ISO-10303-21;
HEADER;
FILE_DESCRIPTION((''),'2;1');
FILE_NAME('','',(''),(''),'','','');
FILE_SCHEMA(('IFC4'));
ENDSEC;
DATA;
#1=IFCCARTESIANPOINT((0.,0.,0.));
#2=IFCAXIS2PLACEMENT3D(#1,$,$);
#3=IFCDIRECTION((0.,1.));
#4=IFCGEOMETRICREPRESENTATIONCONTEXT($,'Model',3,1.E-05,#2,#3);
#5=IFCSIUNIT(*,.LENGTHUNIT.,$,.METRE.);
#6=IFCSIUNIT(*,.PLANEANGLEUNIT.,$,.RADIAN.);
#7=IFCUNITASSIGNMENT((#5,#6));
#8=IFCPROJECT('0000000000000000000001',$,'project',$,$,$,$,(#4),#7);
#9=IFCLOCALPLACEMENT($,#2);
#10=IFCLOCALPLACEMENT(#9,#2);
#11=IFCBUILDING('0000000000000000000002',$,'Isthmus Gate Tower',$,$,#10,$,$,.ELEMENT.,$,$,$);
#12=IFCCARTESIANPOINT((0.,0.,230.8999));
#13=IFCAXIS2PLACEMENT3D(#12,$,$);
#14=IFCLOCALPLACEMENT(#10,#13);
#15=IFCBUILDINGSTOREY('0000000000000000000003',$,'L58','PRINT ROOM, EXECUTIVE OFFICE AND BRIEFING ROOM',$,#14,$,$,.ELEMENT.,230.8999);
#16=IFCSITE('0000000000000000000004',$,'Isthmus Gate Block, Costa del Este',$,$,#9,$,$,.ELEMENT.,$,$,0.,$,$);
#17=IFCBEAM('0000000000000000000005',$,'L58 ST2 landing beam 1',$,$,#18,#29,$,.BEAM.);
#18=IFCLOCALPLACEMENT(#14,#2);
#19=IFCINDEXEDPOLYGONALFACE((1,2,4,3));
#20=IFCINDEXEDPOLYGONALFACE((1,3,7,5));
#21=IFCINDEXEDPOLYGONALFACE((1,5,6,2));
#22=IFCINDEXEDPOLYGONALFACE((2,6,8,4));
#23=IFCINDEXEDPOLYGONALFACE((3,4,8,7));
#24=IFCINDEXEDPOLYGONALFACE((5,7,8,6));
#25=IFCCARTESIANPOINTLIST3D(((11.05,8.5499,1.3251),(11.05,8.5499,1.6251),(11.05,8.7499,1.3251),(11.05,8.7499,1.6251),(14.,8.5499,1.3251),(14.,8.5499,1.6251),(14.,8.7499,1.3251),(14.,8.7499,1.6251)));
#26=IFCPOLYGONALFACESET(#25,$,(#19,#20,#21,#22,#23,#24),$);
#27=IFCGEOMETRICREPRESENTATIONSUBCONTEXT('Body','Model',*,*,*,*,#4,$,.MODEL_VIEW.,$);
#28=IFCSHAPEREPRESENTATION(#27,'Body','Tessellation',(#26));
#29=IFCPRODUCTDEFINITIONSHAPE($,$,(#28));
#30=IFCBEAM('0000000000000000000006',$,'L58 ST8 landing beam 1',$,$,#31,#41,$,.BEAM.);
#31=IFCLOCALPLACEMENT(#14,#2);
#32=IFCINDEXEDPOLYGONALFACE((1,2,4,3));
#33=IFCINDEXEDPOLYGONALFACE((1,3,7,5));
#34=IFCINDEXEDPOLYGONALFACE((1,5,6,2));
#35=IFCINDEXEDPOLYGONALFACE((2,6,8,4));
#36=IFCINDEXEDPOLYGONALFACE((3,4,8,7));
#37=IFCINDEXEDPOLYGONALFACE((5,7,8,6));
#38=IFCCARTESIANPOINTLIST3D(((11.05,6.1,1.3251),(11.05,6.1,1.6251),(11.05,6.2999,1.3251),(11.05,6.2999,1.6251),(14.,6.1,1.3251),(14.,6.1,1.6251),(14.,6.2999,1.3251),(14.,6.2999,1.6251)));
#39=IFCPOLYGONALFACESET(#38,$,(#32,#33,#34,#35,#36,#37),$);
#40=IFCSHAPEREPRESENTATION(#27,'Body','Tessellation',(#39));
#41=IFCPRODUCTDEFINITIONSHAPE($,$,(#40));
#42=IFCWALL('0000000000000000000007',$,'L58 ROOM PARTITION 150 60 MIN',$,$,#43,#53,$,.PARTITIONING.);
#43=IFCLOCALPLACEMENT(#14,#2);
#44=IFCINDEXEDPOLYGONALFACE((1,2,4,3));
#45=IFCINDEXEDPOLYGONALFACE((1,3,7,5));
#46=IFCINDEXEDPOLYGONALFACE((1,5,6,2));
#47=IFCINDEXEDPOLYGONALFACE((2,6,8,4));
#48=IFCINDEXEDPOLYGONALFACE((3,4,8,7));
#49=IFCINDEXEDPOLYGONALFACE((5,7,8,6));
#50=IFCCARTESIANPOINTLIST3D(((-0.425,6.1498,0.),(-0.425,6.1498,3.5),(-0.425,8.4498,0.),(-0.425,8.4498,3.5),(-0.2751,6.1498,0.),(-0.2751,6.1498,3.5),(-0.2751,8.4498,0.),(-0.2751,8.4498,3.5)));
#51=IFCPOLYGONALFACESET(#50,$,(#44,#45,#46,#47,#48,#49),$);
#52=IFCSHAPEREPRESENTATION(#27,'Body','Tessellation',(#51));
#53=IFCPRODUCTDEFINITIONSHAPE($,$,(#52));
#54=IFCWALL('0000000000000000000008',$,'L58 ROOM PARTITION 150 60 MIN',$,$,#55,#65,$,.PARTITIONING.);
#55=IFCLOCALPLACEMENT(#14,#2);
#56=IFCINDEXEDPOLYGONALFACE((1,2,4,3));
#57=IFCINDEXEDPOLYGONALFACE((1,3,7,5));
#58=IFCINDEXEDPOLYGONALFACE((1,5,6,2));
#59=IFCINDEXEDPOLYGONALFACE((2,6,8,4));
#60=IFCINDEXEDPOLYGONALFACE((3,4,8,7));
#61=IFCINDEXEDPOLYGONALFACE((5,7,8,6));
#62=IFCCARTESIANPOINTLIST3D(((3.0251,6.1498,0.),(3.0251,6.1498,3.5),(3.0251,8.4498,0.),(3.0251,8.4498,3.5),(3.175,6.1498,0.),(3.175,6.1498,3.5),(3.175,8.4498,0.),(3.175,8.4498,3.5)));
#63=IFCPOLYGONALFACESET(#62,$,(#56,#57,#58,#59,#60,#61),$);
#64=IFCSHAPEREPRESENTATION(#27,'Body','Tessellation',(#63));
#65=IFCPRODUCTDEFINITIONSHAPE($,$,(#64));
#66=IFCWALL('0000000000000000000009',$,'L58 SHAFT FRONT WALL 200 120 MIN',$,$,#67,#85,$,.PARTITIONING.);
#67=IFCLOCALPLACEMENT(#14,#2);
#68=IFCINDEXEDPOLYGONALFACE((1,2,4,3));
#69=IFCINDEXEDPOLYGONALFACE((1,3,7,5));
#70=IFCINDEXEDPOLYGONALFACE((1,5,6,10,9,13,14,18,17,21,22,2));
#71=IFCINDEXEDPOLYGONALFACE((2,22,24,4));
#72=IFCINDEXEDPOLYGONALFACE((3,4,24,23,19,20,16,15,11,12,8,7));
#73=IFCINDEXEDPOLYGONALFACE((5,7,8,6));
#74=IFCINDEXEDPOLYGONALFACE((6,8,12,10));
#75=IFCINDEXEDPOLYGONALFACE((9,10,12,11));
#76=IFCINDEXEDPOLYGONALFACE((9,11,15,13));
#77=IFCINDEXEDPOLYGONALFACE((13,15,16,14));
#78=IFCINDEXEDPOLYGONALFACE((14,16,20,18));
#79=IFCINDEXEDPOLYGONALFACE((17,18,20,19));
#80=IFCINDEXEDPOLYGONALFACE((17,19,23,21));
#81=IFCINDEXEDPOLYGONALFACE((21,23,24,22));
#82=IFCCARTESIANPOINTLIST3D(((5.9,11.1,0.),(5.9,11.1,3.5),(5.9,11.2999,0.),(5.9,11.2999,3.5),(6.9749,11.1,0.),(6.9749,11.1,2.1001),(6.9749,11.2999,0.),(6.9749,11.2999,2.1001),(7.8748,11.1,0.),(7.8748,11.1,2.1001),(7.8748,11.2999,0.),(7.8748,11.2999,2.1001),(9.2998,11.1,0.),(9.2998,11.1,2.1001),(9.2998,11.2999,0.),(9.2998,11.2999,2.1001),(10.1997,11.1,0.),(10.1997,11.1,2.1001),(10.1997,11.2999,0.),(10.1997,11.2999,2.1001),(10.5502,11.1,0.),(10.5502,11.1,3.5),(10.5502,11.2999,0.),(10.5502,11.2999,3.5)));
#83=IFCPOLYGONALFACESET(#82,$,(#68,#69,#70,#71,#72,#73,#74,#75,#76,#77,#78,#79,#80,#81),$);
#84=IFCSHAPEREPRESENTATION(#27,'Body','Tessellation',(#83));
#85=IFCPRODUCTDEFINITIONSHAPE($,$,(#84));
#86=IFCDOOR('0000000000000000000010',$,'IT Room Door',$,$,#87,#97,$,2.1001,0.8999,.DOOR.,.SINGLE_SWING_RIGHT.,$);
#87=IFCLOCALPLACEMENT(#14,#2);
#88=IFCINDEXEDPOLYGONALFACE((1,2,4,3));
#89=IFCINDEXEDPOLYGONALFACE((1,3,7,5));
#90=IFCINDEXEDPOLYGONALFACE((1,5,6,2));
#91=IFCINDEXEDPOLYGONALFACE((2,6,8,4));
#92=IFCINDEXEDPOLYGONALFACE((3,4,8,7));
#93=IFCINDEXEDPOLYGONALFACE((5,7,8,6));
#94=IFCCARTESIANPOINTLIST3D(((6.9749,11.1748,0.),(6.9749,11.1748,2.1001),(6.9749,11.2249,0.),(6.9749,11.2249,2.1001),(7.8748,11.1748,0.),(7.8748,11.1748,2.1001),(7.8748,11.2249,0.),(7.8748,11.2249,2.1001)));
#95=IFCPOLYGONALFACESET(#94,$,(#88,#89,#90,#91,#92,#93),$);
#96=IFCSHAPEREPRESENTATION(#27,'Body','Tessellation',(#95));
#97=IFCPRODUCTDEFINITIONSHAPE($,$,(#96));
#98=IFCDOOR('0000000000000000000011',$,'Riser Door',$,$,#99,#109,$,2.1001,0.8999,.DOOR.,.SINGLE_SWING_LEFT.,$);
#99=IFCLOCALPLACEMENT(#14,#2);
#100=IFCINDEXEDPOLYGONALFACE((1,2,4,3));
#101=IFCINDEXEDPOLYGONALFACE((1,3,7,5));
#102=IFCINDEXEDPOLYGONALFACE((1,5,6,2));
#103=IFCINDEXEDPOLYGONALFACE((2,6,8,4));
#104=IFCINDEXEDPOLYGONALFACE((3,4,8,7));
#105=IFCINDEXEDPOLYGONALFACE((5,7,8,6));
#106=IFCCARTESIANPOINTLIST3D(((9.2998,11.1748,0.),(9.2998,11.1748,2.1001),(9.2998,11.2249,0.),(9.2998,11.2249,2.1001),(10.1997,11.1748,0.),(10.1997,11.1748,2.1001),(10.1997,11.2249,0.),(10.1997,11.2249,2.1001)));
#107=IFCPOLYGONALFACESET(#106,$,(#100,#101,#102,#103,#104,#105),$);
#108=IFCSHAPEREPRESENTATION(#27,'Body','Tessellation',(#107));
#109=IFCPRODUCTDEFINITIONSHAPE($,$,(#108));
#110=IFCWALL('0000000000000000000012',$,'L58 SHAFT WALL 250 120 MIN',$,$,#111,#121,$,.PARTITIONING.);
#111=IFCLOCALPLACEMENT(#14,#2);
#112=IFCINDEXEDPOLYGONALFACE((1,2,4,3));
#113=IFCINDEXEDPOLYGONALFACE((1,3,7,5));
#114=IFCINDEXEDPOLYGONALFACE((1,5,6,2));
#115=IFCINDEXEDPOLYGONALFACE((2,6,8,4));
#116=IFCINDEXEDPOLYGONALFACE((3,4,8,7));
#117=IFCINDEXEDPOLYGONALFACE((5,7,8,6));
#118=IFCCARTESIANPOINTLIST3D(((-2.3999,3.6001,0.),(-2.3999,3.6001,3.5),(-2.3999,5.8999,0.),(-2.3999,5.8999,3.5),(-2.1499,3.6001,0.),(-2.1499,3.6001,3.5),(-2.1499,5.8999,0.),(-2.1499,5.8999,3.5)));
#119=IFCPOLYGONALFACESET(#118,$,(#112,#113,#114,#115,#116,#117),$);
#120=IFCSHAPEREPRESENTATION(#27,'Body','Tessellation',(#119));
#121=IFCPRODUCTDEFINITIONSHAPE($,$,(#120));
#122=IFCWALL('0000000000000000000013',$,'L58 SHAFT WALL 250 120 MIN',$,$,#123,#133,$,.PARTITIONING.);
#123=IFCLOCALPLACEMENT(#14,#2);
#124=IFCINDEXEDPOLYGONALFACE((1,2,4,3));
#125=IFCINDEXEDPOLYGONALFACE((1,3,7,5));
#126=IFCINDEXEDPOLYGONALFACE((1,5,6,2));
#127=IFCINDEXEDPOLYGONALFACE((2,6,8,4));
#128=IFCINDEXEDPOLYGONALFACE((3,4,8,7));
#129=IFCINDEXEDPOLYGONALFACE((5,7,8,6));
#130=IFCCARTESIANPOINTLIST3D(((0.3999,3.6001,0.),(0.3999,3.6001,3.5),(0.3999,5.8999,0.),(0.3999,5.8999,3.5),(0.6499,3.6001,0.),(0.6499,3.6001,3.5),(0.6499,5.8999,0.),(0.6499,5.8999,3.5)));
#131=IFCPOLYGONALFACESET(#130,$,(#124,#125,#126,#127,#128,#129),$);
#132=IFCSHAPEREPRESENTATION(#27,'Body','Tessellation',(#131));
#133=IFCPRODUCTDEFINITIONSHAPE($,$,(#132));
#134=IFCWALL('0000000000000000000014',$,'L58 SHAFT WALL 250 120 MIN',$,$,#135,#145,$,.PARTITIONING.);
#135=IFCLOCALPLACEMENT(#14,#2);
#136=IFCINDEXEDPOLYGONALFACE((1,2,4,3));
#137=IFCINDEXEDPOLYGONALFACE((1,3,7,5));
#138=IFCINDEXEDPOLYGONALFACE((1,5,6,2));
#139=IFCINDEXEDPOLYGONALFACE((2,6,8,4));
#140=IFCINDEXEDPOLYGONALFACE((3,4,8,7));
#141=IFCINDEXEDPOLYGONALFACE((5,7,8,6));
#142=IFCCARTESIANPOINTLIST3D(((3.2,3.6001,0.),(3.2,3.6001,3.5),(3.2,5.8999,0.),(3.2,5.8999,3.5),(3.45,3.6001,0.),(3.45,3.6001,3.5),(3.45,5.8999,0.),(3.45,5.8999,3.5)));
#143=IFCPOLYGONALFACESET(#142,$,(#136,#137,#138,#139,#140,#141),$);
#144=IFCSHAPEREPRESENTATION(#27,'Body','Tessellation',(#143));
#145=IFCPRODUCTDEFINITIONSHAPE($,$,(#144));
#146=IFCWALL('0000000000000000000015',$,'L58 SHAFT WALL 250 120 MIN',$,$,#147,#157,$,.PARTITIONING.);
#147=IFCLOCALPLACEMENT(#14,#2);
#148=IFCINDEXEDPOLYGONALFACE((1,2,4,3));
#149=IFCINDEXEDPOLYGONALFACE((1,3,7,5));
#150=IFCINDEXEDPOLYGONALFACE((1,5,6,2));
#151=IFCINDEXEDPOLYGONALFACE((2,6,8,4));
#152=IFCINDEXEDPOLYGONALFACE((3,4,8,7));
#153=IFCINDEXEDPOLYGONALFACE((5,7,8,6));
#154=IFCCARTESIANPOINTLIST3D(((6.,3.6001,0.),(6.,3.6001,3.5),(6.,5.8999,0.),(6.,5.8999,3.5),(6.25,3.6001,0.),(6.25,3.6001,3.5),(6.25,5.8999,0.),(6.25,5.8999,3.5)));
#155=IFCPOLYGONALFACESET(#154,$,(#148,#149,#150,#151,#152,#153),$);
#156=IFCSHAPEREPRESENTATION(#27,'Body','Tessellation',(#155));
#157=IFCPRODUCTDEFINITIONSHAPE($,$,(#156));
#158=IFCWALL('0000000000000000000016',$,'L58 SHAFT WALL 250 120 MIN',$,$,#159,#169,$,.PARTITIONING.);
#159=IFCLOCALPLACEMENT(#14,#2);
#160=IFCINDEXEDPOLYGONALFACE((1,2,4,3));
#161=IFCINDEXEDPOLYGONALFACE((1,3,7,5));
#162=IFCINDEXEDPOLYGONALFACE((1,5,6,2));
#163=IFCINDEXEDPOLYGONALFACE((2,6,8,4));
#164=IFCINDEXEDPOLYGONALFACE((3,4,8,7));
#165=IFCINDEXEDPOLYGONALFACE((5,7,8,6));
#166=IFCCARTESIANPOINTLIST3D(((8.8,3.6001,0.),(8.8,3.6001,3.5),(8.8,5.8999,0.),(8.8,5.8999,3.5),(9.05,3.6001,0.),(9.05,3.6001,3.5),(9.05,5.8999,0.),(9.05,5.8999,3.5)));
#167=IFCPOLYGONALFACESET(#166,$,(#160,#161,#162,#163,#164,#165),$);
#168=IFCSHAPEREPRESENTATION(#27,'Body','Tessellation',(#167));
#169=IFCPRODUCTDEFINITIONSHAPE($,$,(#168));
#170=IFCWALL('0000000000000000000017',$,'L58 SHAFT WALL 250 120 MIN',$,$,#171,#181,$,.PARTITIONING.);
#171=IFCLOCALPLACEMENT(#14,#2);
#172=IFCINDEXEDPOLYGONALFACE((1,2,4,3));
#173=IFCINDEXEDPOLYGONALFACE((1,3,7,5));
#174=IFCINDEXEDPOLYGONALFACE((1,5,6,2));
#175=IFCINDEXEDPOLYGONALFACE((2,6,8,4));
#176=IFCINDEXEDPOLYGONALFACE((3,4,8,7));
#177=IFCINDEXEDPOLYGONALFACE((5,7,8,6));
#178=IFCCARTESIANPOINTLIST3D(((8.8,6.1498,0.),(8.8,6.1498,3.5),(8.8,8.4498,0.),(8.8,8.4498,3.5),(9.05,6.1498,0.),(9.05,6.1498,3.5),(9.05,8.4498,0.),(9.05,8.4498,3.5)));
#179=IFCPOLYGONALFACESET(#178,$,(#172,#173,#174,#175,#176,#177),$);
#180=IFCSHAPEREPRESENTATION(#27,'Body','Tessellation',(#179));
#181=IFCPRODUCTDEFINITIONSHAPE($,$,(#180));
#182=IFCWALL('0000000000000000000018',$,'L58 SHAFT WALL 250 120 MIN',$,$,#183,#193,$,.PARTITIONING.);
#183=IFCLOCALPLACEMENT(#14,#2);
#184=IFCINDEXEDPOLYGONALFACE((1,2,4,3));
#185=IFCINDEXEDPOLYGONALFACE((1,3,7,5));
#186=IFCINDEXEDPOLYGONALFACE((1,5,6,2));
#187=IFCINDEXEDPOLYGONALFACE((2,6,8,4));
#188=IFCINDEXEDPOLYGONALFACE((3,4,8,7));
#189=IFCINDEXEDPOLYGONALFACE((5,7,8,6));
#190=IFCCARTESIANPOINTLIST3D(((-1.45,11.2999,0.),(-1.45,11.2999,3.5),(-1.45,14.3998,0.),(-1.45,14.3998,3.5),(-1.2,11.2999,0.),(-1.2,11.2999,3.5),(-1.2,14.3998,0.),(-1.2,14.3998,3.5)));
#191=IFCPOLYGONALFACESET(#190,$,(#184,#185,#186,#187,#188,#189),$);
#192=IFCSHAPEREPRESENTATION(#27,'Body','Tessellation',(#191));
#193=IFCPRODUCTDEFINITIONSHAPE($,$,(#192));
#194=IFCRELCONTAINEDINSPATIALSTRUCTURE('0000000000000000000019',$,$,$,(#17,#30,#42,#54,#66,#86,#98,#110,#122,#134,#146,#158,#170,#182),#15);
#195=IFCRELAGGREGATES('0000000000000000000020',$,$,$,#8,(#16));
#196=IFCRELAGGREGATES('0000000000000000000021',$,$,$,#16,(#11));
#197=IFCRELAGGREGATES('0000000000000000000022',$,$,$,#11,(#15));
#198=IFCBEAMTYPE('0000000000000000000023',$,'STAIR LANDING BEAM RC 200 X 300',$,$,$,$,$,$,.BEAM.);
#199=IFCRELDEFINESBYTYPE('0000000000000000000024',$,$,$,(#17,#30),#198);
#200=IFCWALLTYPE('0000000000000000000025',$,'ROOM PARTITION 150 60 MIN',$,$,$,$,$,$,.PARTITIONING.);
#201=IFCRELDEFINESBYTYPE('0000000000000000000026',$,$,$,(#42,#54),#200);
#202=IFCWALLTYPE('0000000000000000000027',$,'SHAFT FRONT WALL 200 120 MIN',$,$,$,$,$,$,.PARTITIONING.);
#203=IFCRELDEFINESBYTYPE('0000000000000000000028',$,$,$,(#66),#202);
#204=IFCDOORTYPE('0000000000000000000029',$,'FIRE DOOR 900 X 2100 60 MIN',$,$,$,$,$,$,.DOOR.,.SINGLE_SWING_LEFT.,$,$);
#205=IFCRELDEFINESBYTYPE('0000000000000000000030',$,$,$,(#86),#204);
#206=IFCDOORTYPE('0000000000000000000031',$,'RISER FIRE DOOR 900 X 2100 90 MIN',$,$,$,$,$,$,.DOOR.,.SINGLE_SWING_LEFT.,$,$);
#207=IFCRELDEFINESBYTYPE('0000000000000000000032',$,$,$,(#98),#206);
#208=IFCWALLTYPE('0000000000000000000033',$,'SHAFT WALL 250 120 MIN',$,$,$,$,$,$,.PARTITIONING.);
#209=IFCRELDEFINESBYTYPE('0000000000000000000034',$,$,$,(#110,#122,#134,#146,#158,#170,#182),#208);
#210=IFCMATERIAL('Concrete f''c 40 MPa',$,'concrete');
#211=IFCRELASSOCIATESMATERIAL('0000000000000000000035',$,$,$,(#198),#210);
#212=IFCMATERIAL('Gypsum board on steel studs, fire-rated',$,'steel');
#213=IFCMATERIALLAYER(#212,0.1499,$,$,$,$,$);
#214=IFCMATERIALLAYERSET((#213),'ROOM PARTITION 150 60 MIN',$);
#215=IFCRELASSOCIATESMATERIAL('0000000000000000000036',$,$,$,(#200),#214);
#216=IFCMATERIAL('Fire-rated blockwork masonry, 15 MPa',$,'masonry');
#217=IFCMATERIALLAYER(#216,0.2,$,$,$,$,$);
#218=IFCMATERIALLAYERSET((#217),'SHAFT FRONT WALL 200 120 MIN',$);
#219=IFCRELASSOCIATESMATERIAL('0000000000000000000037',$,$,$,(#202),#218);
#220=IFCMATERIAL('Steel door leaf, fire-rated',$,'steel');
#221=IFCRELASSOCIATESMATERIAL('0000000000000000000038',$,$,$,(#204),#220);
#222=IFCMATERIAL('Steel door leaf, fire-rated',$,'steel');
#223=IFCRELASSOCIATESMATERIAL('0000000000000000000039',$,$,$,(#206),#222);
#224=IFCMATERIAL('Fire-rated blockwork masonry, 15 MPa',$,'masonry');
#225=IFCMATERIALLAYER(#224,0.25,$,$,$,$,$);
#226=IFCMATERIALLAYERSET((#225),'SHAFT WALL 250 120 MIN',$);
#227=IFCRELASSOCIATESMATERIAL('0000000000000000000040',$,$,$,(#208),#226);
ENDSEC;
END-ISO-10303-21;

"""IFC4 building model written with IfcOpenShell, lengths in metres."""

from ifc_helpers import new_model, si_unit, direction, frame, frame_2d, origin, origin_2d, place, context, subcontext, project, spatial, rectangle, extrude, material, layer, layer_set, material_profile, profile_set, type_object, element, fill, save


model = new_model("IFC4")

# Units and contexts
model_context = context("Model", 3, precision=1e-05, world=origin(), true_north=direction((0.0, 1.0)))
body_context = subcontext(model_context, "Body", "Model", "MODEL_VIEW")
ifc_project = project(units=[si_unit("LENGTHUNIT", "METRE"), si_unit("PLANEANGLEUNIT", "RADIAN")], contexts=[model_context])

# Site, building, storey
site_placement = place(None, origin())
site = spatial("IfcSite", under=ifc_project, at=site_placement, Name="Isthmus Gate Block, Costa del Este", CompositionType="ELEMENT", RefElevation=0.0)
building_placement = place(site_placement, origin())
building = spatial("IfcBuilding", under=site, at=building_placement, Name="Isthmus Gate Tower", CompositionType="ELEMENT")
storey_placement = place(building_placement, frame((0.0, 0.0, 230.8999)))
storey = spatial("IfcBuildingStorey", under=building, at=storey_placement, Name="L58", Description="PRINT ROOM, EXECUTIVE OFFICE AND BRIEFING ROOM", CompositionType="ELEMENT", Elevation=230.8999)

# Beams
ifc_material_1 = material(Name="Concrete f'c 40 MPa", Category="concrete")
ifc_material_profile = material_profile(ifc_material_1, rectangle(XDim=0.2, YDim=0.3, at=origin_2d()), Name="STAIR LANDING BEAM RC 200 X 300")
ifc_profile_set = profile_set([ifc_material_profile], Name="Concrete f'c 40 MPa")
beam_type = type_object("IfcBeamType", Name="STAIR LANDING BEAM RC 200 X 300", PredefinedType="BEAM", material=ifc_profile_set)
for number, where, z_axis, x_axis, name in (
    (1, (11.05, 8.6499, 1.4751), (1.0, 0.0, 0.0), (0.0, 1.0, 0.0), "L58 ST2 landing beam 1"),
    (2, (11.05, 6.2, 1.4751), (1.0, 0.0, 0.0), (0.0, 1.0, 0.0), "L58 ST8 landing beam 1"),
):
    element("IfcBeam", number, at=place(storey_placement, frame(where, z_axis=z_axis, x_axis=x_axis)), inside=storey, type_object=beam_type, Name=name, PredefinedType="BEAM", context=body_context, shape_type="SweptSolid", body=[
        extrude(rectangle(XDim=0.2, YDim=0.3, at=origin_2d()), origin(), (0.0, 0.0, 1.0), 2.95),
    ])

# Walls
ifc_material_2 = material(Name="Gypsum board on steel studs, fire-rated", Category="steel")
ifc_layer_1 = layer(ifc_material_2, 0.1499)
ifc_layer_set_1 = layer_set([ifc_layer_1], Name="ROOM PARTITION 150 60 MIN")
wall_type_1 = type_object("IfcWallType", Name="ROOM PARTITION 150 60 MIN", PredefinedType="PARTITIONING", material=ifc_layer_set_1)
for number, where, z_axis, x_axis, name in (
    (3, (-0.3501, 6.1499, 0.0), (0.0, 0.0, 1.0), (0.0, 1.0, 0.0), "L58 ROOM PARTITION 150 60 MIN"),
    (4, (3.1001, 6.1499, 0.0), (0.0, 0.0, 1.0), (0.0, 1.0, 0.0), "L58 ROOM PARTITION 150 60 MIN"),
):
    element("IfcWall", number, at=place(storey_placement, frame(where, z_axis=z_axis, x_axis=x_axis)), inside=storey, type_object=wall_type_1, Name=name, PredefinedType="PARTITIONING", context=body_context, shape_type="SweptSolid", body=[
        extrude(rectangle(XDim=2.3, YDim=0.1499, at=frame_2d((1.1499, 0.0))), origin(), (0.0, 0.0, 1.0), 3.5),
    ])

# Wall, openings, doors
ifc_material_3 = material(Name="Fire-rated blockwork masonry, 15 MPa", Category="masonry")
ifc_layer_2 = layer(ifc_material_3, 0.2)
ifc_layer_set_2 = layer_set([ifc_layer_2], Name="SHAFT FRONT WALL 200 120 MIN")
wall_type_2 = type_object("IfcWallType", Name="SHAFT FRONT WALL 200 120 MIN", PredefinedType="PARTITIONING", material=ifc_layer_set_2)
wall_1_placement = place(storey_placement, frame((5.8999, 11.2, 0.0), z_axis=(0.0, 0.0, 1.0), x_axis=(1.0, 0.0, 0.0)))
wall_1 = element("IfcWall", 5, at=wall_1_placement, inside=storey, type_object=wall_type_2, Name="L58 SHAFT FRONT WALL 200 120 MIN", PredefinedType="PARTITIONING", context=body_context, shape_type="SweptSolid", body=[
    extrude(rectangle(XDim=4.6501, YDim=0.2, at=frame_2d((2.3252, 0.0))), origin(), (0.0, 0.0, 1.0), 3.5),
])
opening_1_placement = place(wall_1_placement, frame((1.075, 0.0, 0.0)))
opening_1 = element("IfcOpeningElement", 6, at=opening_1_placement, cuts=wall_1, PredefinedType="OPENING", context=body_context, shape_type="SweptSolid", body=[
    extrude(rectangle(XDim=0.8999, YDim=2.1001, at=frame_2d((0.45, 1.05))), frame((0.0, 0.1099, 0.0), z_axis=(0.0, -1.0, 0.0), x_axis=(1.0, 0.0, 0.0)), (0.0, 0.0, 1.0), 0.22),
])
opening_2_placement = place(wall_1_placement, frame((3.3999, 0.0, 0.0)))
opening_2 = element("IfcOpeningElement", 7, at=opening_2_placement, cuts=wall_1, PredefinedType="OPENING", context=body_context, shape_type="SweptSolid", body=[
    extrude(rectangle(XDim=0.8999, YDim=2.1001, at=frame_2d((0.45, 1.05))), frame((0.0, 0.1099, 0.0), z_axis=(0.0, -1.0, 0.0), x_axis=(1.0, 0.0, 0.0)), (0.0, 0.0, 1.0), 0.22),
])
ifc_material_4 = material(Name="Steel door leaf, fire-rated", Category="steel")
door_type_1 = type_object("IfcDoorType", Name="FIRE DOOR 900 X 2100 60 MIN", OperationType="SINGLE_SWING_LEFT", PredefinedType="DOOR", material=ifc_material_4)
door_1_placement = place(opening_1_placement, origin())
door_1 = element("IfcDoor", 8, at=door_1_placement, inside=storey, type_object=door_type_1, Name="IT Room Door", OperationType="SINGLE_SWING_RIGHT", OverallHeight=2.1001, OverallWidth=0.8999, PredefinedType="DOOR", context=body_context, shape_type="SweptSolid", body=[
    extrude(rectangle(XDim=0.8999, YDim=2.1001, at=frame_2d((0.45, 1.05))), frame((0.0, 0.0249, 0.0), z_axis=(0.0, -1.0, 0.0), x_axis=(1.0, 0.0, 0.0)), (0.0, 0.0, 1.0), 0.05),
])
fill(opening_1, door_1)
ifc_material_5 = material(Name="Steel door leaf, fire-rated", Category="steel")
door_type_2 = type_object("IfcDoorType", Name="RISER FIRE DOOR 900 X 2100 90 MIN", OperationType="SINGLE_SWING_LEFT", PredefinedType="DOOR", material=ifc_material_5)
door_2_placement = place(opening_2_placement, origin())
door_2 = element("IfcDoor", 9, at=door_2_placement, inside=storey, type_object=door_type_2, Name="Riser Door", OperationType="SINGLE_SWING_LEFT", OverallHeight=2.1001, OverallWidth=0.8999, PredefinedType="DOOR", context=body_context, shape_type="SweptSolid", body=[
    extrude(rectangle(XDim=0.8999, YDim=2.1001, at=frame_2d((0.45, 1.05))), frame((0.0, 0.0249, 0.0), z_axis=(0.0, -1.0, 0.0), x_axis=(1.0, 0.0, 0.0)), (0.0, 0.0, 1.0), 0.05),
])
fill(opening_2, door_2)

# Walls
ifc_material_6 = material(Name="Fire-rated blockwork masonry, 15 MPa", Category="masonry")
ifc_layer_3 = layer(ifc_material_6, 0.25)
ifc_layer_set_3 = layer_set([ifc_layer_3], Name="SHAFT WALL 250 120 MIN")
wall_type_3 = type_object("IfcWallType", Name="SHAFT WALL 250 120 MIN", PredefinedType="PARTITIONING", material=ifc_layer_set_3)
for number, where, z_axis, x_axis, name in (
    (10, (-2.2749, 3.6001, 0.0), (0.0, 0.0, 1.0), (0.0, 1.0, 0.0), "L58 SHAFT WALL 250 120 MIN"),
    (11, (0.5249, 3.6001, 0.0), (0.0, 0.0, 1.0), (0.0, 1.0, 0.0), "L58 SHAFT WALL 250 120 MIN"),
    (12, (3.325, 3.6001, 0.0), (0.0, 0.0, 1.0), (0.0, 1.0, 0.0), "L58 SHAFT WALL 250 120 MIN"),
    (13, (6.125, 3.6001, 0.0), (0.0, 0.0, 1.0), (0.0, 1.0, 0.0), "L58 SHAFT WALL 250 120 MIN"),
    (14, (8.925, 3.6001, 0.0), (0.0, 0.0, 1.0), (0.0, 1.0, 0.0), "L58 SHAFT WALL 250 120 MIN"),
):
    element("IfcWall", number, at=place(storey_placement, frame(where, z_axis=z_axis, x_axis=x_axis)), inside=storey, type_object=wall_type_3, Name=name, PredefinedType="PARTITIONING", context=body_context, shape_type="SweptSolid", body=[
        extrude(rectangle(XDim=2.2998, YDim=0.25, at=frame_2d((1.1499, 0.0))), origin(), (0.0, 0.0, 1.0), 3.5),
    ])
wall_2_placement = place(storey_placement, frame((8.925, 6.1499, 0.0), z_axis=(0.0, 0.0, 1.0), x_axis=(0.0, 1.0, 0.0)))
element("IfcWall", 15, at=wall_2_placement, inside=storey, type_object=wall_type_3, Name="L58 SHAFT WALL 250 120 MIN", PredefinedType="PARTITIONING", context=body_context, shape_type="SweptSolid", body=[
    extrude(rectangle(XDim=2.3, YDim=0.25, at=frame_2d((1.1499, 0.0))), origin(), (0.0, 0.0, 1.0), 3.5),
])
for number, where, z_axis, x_axis, name in (
    (16, (-1.325, 11.3, 0.0), (0.0, 0.0, 1.0), (0.0, 1.0, 0.0), "L58 SHAFT WALL 250 120 MIN"),
):
    element("IfcWall", number, at=place(storey_placement, frame(where, z_axis=z_axis, x_axis=x_axis)), inside=storey, type_object=wall_type_3, Name=name, PredefinedType="PARTITIONING", context=body_context, shape_type="SweptSolid", body=[
        extrude(rectangle(XDim=3.0999, YDim=0.25, at=frame_2d((1.5498, 0.0))), origin(), (0.0, 0.0, 1.0), 3.5),
    ])

save(model, "model.ifc")
